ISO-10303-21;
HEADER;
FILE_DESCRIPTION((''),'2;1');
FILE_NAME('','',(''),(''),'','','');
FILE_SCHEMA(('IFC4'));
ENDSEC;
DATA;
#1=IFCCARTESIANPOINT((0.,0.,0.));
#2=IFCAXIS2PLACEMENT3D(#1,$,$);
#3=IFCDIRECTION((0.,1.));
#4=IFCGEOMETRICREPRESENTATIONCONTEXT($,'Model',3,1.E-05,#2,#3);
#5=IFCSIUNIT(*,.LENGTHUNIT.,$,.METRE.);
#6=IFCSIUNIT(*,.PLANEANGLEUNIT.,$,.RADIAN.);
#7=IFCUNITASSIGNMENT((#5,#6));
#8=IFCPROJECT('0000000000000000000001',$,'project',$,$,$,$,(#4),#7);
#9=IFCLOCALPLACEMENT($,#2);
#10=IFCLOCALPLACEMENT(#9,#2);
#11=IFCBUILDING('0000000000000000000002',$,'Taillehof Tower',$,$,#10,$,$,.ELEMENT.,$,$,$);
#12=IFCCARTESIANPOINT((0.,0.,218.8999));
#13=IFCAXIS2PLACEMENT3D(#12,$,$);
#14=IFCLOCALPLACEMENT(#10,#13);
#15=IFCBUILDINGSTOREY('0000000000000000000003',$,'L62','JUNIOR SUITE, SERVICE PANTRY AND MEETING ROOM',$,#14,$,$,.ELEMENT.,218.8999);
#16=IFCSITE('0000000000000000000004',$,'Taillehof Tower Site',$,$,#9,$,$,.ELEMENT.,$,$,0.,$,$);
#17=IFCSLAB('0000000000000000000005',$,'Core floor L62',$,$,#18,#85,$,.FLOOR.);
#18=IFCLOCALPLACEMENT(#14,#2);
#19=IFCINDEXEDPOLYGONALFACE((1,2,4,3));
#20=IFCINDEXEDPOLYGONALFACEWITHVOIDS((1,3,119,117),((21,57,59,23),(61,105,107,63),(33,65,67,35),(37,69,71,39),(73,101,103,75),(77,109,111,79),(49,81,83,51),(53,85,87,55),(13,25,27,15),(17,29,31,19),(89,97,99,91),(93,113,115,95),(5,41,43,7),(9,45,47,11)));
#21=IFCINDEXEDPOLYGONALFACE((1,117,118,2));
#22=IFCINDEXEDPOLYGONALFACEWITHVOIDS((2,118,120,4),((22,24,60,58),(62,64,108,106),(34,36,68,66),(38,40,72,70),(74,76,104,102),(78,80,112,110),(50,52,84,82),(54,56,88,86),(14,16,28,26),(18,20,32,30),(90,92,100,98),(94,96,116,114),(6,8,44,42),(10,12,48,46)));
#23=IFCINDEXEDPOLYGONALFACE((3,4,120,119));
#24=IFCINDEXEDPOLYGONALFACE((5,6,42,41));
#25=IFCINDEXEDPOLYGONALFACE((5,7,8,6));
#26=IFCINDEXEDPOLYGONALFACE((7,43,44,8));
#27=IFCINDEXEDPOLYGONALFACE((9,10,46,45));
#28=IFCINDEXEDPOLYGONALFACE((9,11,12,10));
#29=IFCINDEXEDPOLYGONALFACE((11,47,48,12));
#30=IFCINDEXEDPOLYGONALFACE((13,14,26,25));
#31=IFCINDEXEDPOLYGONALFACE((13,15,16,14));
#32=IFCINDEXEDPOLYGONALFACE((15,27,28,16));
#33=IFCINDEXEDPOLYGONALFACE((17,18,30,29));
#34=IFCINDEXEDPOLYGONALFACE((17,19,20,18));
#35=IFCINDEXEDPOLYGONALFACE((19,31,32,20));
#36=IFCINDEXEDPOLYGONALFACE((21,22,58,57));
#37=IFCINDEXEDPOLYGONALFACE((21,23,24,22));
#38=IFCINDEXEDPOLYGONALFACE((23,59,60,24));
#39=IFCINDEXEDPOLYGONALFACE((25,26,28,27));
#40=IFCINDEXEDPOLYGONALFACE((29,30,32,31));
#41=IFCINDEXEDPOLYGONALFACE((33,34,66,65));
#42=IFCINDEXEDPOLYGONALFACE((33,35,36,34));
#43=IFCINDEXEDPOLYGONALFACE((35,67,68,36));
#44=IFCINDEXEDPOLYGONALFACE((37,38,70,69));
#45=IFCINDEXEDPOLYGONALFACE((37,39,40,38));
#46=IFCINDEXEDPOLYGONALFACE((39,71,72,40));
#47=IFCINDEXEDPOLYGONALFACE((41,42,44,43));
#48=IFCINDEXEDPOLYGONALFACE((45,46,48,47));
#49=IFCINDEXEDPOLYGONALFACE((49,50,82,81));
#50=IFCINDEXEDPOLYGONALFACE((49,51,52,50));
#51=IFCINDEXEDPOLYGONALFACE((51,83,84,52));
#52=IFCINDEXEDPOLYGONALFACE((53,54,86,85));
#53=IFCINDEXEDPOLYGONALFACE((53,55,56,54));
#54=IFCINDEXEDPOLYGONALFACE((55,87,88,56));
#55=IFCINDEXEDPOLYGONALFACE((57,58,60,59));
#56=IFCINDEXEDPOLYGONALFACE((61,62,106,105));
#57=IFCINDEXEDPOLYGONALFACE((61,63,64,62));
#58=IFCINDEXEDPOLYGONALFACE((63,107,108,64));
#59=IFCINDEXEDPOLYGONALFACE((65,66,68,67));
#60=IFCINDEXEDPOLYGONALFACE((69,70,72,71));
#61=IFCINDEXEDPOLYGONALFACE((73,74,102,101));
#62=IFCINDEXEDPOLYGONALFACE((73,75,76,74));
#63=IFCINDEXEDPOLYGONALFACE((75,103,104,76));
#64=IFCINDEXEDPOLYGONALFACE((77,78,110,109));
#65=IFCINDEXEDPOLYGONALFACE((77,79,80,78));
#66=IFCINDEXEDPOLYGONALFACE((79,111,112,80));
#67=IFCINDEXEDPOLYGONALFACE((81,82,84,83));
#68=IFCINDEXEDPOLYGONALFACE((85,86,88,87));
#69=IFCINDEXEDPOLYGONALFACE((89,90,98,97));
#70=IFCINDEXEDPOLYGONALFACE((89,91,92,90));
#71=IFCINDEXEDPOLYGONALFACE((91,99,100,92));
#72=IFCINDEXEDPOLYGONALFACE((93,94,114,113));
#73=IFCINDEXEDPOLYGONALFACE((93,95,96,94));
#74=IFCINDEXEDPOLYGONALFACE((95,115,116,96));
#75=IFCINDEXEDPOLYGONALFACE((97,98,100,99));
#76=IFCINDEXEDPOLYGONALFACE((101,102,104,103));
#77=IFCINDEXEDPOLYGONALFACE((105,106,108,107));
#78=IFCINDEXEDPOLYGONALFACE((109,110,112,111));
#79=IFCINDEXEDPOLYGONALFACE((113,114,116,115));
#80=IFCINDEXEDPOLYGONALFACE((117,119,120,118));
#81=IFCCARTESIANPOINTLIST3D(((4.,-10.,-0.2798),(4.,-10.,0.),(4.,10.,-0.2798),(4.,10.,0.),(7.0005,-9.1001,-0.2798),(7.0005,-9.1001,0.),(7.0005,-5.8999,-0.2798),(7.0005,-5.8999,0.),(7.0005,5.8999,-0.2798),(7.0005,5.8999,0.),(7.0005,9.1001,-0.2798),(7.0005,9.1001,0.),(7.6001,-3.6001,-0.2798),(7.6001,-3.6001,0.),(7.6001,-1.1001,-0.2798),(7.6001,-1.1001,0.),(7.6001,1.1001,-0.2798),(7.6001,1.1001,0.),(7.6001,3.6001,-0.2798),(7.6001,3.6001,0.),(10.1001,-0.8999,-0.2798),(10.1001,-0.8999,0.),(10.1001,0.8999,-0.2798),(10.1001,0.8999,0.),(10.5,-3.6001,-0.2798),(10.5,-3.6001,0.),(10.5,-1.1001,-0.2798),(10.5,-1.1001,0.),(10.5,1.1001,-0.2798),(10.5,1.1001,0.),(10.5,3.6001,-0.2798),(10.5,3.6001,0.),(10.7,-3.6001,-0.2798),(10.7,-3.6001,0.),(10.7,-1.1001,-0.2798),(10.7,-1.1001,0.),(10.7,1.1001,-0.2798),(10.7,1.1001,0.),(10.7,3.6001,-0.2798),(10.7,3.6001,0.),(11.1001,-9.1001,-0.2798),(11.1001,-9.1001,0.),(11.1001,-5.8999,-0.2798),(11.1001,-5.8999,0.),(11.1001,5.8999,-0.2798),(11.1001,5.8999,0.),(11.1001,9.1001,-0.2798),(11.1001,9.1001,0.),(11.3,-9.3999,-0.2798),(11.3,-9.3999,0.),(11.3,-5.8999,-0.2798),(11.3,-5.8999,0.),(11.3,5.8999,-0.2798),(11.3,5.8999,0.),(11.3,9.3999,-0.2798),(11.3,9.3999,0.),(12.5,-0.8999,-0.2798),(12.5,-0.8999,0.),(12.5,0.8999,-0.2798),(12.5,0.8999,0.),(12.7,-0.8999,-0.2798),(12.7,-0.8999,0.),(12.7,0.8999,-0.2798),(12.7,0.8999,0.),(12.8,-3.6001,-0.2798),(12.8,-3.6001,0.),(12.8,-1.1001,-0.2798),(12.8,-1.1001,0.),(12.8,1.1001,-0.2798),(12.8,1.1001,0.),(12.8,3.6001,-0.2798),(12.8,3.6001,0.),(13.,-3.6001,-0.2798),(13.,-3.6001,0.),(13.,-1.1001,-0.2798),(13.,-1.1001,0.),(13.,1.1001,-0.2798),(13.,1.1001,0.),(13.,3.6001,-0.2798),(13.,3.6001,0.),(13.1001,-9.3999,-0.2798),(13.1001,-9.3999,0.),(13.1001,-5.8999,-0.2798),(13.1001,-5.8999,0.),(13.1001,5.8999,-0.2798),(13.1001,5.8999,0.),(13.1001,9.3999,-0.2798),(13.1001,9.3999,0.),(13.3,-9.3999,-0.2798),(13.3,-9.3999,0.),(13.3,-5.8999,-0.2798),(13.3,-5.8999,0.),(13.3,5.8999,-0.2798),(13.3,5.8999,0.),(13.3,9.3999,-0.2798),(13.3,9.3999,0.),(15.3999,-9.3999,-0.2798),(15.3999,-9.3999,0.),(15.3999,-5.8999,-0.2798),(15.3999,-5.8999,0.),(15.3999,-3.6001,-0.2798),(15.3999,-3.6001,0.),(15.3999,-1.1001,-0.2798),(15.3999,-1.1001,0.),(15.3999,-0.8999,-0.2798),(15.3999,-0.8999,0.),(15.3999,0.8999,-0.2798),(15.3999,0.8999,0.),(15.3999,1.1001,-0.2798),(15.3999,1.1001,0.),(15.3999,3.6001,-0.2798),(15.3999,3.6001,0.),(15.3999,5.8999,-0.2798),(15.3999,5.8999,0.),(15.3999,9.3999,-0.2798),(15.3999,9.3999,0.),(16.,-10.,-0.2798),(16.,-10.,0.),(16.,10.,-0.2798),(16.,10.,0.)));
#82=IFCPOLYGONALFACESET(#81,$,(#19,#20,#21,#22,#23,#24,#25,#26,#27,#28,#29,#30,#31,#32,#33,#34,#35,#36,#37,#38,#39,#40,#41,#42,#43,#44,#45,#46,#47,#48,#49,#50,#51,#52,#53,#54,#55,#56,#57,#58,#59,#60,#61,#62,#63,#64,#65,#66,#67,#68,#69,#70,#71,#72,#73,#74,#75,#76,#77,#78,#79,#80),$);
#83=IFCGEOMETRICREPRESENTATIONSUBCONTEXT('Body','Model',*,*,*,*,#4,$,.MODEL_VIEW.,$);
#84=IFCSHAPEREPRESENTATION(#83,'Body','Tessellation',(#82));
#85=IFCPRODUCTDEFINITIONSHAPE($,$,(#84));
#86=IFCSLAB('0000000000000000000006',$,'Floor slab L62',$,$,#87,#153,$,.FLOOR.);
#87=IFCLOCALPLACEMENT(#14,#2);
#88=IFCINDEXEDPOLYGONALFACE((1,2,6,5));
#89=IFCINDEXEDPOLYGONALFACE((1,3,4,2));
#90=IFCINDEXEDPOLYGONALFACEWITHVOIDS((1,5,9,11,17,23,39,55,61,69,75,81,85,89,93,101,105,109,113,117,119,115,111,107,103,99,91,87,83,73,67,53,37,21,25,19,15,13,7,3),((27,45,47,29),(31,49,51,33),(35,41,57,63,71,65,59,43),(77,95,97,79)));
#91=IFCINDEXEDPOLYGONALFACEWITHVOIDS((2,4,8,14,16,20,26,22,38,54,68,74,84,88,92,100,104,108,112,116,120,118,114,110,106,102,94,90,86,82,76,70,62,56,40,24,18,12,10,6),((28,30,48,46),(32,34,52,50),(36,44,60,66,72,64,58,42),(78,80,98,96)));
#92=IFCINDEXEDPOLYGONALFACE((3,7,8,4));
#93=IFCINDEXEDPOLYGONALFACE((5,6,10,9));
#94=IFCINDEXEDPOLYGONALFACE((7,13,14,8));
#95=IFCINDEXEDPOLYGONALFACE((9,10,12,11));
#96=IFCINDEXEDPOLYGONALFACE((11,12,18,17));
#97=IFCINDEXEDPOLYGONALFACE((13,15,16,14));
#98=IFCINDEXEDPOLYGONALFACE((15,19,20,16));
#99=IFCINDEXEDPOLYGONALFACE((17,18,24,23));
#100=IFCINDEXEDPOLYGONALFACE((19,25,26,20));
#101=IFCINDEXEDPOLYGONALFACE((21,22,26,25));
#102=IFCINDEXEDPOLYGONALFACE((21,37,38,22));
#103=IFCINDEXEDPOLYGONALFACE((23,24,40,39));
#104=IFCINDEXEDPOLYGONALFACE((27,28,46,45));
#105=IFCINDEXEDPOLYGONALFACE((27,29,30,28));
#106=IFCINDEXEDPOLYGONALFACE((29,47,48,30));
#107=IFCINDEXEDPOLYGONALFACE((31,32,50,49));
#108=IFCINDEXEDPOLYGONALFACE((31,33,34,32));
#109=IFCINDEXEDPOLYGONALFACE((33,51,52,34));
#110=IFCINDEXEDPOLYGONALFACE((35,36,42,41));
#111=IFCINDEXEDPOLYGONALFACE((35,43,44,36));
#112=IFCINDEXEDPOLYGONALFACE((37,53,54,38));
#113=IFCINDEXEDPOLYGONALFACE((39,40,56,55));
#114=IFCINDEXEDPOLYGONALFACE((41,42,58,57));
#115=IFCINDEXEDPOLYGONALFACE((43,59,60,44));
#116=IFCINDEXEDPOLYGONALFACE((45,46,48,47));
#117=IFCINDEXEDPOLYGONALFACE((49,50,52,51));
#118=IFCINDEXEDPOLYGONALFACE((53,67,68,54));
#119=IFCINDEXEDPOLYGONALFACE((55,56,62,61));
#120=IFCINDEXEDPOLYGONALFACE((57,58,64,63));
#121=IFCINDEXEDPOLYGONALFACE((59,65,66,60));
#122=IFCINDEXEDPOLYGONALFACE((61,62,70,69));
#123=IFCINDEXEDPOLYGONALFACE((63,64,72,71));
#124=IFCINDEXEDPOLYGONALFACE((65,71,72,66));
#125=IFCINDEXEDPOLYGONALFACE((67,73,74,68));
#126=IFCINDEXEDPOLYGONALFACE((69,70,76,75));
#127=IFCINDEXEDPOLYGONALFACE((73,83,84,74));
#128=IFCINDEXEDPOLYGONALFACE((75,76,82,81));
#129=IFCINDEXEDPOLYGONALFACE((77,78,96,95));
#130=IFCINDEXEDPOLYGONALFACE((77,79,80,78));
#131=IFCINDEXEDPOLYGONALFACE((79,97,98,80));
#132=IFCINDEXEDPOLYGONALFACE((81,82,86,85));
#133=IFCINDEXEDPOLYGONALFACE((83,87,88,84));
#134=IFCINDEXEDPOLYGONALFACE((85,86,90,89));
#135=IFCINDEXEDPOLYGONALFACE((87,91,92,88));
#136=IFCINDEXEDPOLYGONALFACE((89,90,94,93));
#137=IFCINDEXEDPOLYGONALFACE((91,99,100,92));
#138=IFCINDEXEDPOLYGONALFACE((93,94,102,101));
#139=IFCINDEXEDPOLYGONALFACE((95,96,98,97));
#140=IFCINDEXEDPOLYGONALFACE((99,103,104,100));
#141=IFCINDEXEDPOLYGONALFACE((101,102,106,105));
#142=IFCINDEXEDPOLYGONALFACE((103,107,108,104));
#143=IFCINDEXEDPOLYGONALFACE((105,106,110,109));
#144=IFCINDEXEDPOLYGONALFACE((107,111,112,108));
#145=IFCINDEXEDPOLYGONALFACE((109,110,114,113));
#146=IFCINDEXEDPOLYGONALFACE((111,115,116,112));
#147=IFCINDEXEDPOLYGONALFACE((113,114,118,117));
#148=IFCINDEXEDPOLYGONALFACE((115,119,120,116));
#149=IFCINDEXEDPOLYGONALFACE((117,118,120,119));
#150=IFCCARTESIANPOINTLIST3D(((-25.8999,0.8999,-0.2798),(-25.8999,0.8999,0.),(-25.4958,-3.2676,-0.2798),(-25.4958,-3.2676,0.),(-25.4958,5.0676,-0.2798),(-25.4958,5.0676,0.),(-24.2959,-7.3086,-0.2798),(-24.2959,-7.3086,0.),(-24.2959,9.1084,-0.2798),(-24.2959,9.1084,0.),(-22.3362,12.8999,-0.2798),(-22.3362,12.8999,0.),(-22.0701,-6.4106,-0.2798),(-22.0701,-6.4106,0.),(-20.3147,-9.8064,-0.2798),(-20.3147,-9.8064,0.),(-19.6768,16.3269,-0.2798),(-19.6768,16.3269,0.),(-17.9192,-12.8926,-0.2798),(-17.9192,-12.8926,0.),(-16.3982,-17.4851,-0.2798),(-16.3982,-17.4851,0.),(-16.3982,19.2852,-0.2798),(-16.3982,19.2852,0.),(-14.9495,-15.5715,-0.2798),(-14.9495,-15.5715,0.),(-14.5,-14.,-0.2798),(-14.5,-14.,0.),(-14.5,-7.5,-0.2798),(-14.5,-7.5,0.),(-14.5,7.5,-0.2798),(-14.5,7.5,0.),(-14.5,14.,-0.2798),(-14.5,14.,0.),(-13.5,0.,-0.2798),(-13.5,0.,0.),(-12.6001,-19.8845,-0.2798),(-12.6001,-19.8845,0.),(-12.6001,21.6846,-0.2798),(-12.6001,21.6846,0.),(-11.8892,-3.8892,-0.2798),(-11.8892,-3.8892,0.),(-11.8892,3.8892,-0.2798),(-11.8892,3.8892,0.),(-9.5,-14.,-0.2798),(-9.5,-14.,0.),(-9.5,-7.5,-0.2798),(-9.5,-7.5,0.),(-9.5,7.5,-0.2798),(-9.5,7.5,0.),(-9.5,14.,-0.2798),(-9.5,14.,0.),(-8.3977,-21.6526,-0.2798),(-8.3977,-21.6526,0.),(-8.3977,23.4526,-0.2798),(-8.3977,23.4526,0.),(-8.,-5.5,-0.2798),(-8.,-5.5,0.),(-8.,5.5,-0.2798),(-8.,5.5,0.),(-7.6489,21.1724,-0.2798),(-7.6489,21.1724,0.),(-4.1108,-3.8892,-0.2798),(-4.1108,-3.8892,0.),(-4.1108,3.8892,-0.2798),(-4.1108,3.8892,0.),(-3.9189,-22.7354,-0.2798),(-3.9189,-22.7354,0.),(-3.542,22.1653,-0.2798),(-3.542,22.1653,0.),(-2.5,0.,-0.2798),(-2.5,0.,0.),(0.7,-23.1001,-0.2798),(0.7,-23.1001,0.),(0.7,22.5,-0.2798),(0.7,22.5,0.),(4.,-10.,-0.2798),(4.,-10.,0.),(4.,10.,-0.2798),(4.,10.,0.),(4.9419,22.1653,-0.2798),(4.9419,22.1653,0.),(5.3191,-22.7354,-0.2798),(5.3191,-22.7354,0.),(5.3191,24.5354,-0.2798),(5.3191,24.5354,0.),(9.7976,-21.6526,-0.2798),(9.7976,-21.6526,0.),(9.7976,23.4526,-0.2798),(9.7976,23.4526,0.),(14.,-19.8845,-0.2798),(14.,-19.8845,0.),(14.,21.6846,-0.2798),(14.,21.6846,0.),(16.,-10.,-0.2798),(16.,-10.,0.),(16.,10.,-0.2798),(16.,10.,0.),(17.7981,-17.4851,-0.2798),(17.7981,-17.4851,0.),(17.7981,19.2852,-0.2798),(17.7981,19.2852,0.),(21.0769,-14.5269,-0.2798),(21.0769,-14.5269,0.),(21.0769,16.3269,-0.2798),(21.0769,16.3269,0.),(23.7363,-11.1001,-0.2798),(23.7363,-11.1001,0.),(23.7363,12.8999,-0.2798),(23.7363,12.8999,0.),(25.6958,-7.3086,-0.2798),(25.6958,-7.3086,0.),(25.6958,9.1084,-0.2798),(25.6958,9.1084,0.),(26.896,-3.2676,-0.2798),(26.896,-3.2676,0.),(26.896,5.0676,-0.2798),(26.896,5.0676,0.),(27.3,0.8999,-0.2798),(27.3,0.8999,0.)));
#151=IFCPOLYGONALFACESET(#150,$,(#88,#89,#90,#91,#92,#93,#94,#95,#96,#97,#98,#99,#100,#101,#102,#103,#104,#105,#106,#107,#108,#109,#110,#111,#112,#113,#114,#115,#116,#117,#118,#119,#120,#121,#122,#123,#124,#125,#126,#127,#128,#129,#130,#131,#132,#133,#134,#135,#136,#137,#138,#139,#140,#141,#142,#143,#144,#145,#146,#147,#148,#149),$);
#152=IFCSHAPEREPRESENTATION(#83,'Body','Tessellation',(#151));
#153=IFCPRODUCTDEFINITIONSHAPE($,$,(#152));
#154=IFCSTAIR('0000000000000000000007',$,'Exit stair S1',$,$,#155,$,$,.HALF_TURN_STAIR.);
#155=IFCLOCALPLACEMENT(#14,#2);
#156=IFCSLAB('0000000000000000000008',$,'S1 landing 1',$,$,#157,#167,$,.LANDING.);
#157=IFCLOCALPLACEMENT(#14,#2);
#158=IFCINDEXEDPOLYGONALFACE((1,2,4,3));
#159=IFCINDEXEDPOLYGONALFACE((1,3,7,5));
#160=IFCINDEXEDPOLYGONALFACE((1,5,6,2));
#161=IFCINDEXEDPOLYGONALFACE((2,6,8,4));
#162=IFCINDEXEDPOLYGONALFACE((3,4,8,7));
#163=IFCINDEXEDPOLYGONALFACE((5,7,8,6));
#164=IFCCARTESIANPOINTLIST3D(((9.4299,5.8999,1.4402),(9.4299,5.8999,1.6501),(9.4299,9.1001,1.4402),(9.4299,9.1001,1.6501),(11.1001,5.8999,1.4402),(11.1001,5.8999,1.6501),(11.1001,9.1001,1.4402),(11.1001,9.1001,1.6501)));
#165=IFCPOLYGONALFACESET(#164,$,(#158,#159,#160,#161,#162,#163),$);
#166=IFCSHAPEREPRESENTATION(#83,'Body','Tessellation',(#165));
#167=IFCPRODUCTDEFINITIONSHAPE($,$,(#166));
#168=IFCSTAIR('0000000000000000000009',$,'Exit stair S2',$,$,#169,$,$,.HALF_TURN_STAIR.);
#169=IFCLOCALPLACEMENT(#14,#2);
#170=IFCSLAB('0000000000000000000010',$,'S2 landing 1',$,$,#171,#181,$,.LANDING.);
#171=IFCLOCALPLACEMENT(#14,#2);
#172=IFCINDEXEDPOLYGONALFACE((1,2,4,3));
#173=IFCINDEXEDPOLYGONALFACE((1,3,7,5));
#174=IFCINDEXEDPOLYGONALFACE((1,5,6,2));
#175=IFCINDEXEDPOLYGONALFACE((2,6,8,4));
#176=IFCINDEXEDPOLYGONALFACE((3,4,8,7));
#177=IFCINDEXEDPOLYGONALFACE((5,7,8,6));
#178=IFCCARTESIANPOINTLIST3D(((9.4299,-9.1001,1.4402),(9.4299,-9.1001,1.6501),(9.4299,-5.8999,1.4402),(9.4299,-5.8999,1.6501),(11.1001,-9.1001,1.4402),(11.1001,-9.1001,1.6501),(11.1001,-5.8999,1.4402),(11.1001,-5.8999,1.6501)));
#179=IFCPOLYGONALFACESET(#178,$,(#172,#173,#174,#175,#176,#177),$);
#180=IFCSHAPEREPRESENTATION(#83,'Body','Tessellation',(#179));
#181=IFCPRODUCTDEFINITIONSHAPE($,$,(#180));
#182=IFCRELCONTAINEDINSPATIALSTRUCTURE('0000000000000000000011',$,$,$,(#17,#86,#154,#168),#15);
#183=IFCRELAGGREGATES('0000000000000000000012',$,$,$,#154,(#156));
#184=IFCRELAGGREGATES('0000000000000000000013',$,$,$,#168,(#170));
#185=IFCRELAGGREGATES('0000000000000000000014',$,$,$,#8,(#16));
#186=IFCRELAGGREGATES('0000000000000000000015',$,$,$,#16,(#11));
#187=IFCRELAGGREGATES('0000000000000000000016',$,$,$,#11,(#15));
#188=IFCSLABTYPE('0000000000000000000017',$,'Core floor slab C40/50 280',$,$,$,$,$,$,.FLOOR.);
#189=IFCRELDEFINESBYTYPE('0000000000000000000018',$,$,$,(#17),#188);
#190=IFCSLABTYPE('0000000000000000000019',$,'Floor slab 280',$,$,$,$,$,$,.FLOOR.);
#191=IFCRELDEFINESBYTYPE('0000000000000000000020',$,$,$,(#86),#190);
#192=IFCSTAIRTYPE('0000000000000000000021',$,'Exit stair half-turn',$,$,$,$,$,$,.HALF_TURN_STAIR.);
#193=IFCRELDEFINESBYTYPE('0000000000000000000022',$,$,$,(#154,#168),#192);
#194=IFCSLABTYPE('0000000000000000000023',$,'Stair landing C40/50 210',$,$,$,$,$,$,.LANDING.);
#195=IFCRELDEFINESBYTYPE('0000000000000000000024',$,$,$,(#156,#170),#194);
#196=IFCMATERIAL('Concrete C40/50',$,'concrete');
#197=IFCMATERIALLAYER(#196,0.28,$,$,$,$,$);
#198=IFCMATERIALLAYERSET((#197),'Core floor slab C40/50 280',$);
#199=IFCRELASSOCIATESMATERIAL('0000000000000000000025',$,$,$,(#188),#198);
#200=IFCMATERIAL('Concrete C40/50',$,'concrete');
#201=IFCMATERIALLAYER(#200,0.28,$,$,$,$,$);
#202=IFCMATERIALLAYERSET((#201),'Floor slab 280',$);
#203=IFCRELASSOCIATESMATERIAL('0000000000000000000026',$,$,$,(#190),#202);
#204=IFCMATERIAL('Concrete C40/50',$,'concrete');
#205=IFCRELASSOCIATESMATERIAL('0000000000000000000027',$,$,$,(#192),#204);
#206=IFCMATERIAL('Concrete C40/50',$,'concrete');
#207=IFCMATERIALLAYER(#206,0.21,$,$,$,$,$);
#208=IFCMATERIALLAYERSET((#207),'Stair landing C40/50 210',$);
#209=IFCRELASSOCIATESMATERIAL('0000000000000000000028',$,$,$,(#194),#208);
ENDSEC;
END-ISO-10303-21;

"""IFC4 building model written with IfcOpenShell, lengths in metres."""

from ifc_helpers import new_model, si_unit, direction, frame, origin, place, context, subcontext, project, spatial, polyline, outline, extrude, material, layer, layer_set, type_object, element, aggregate, save


model = new_model("IFC4")

# Units and contexts
model_context = context("Model", 3, precision=1e-05, world=origin(), true_north=direction((0.0, 1.0)))
body_context = subcontext(model_context, "Body", "Model", "MODEL_VIEW")
ifc_project = project(units=[si_unit("LENGTHUNIT", "METRE"), si_unit("PLANEANGLEUNIT", "RADIAN")], contexts=[model_context])

# Site, building, storey
site_placement = place(None, origin())
site = spatial("IfcSite", under=ifc_project, at=site_placement, Name="Taillehof Tower Site", CompositionType="ELEMENT", RefElevation=0.0)
building_placement = place(site_placement, origin())
building = spatial("IfcBuilding", under=site, at=building_placement, Name="Taillehof Tower", CompositionType="ELEMENT")
storey_placement = place(building_placement, frame((0.0, 0.0, 218.8999)))
storey = spatial("IfcBuildingStorey", under=building, at=storey_placement, Name="L62", Description="JUNIOR SUITE, SERVICE PANTRY AND MEETING ROOM", CompositionType="ELEMENT", Elevation=218.8999)

# Slabs
ifc_material_1 = material(Name="Concrete C40/50", Category="concrete")
ifc_layer_1 = layer(ifc_material_1, 0.28)
ifc_layer_set_1 = layer_set([ifc_layer_1], Name="Core floor slab C40/50 280")
slab_type_1 = type_object("IfcSlabType", Name="Core floor slab C40/50 280", PredefinedType="FLOOR", material=ifc_layer_set_1)
slab_1_placement = place(storey_placement, frame((0.0, 0.0, -0.2798)))
element("IfcSlab", 1, at=slab_1_placement, inside=storey, type_object=slab_type_1, Name="Core floor L62", PredefinedType="FLOOR", context=body_context, shape_type="SweptSolid", body=[
    extrude(outline(polyline([(4.0, -10.0), (4.0, 10.0), (16.0, 10.0), (16.0, -10.0), (4.0, -10.0)]), holes=[polyline([(11.1001, -9.1001), (11.1001, -5.8999), (7.0005, -5.8999), (7.0005, -9.1001), (11.1001, -9.1001)]), polyline([(10.5, -3.6001), (10.5, -1.1001), (7.6001, -1.1001), (7.6001, -3.6001), (10.5, -3.6001)]), polyline([(12.8, -3.6001), (12.8, -1.1001), (10.7, -1.1001), (10.7, -3.6001), (12.8, -3.6001)]), polyline([(12.5, -0.8999), (12.5, 0.8999), (10.1001, 0.8999), (10.1001, -0.8999), (12.5, -0.8999)]), polyline([(10.5, 1.1001), (10.5, 3.6001), (7.6001, 3.6001), (7.6001, 1.1001), (10.5, 1.1001)]), polyline([(12.8, 1.1001), (12.8, 3.6001), (10.7, 3.6001), (10.7, 1.1001), (12.8, 1.1001)]), polyline([(11.1001, 5.8999), (11.1001, 9.1001), (7.0005, 9.1001), (7.0005, 5.8999), (11.1001, 5.8999)]), polyline([(13.1001, -5.8999), (11.3, -5.8999), (11.3, -9.3999), (13.1001, -9.3999), (13.1001, -5.8999)]), polyline([(15.3999, -9.3999), (15.3999, -5.8999), (13.3, -5.8999), (13.3, -9.3999), (15.3999, -9.3999)]), polyline([(15.3999, -3.6001), (15.3999, -1.1001), (13.0, -1.1001), (13.0, -3.6001), (15.3999, -3.6001)]), polyline([(15.3999, -0.8999), (15.3999, 0.8999), (12.7, 0.8999), (12.7, -0.8999), (15.3999, -0.8999)]), polyline([(15.3999, 1.1001), (15.3999, 3.6001), (13.0, 3.6001), (13.0, 1.1001), (15.3999, 1.1001)]), polyline([(13.1001, 5.8999), (13.1001, 9.3999), (11.3, 9.3999), (11.3, 5.8999), (13.1001, 5.8999)]), polyline([(15.3999, 5.8999), (15.3999, 9.3999), (13.3, 9.3999), (13.3, 5.8999), (15.3999, 5.8999)])]), origin(), (0.0, 0.0, 1.0), 0.2798),
])
ifc_material_2 = material(Name="Concrete C40/50", Category="concrete")
ifc_layer_2 = layer(ifc_material_2, 0.28)
ifc_layer_set_2 = layer_set([ifc_layer_2], Name="Floor slab 280")
slab_type_2 = type_object("IfcSlabType", Name="Floor slab 280", PredefinedType="FLOOR", material=ifc_layer_set_2)
slab_2_placement = place(storey_placement, frame((0.0, 0.0, -0.2798)))
element("IfcSlab", 2, at=slab_2_placement, inside=storey, type_object=slab_type_2, Name="Floor slab L62", PredefinedType="FLOOR", context=body_context, shape_type="SweptSolid", body=[
    extrude(outline(polyline([(27.3, 0.8999), (26.896, 5.0676), (25.6958, 9.1084), (23.7363, 12.8999), (21.0769, 16.3269), (17.7981, 19.2852), (14.0, 21.6846), (9.7976, 23.4526), (5.3191, 24.5354), (4.9419, 22.1653), (0.7, 22.5), (-3.542, 22.1653), (-7.6489, 21.1724), (-8.3977, 23.4526), (-12.6001, 21.6846), (-16.3982, 19.2852), (-19.6768, 16.3269), (-22.3362, 12.8999), (-24.2959, 9.1084), (-25.4958, 5.0676), (-25.8999, 0.8999), (-25.4958, -3.2676), (-24.2959, -7.3086), (-22.0701, -6.4106), (-20.3147, -9.8064), (-17.9192, -12.8926), (-14.9495, -15.5715), (-16.3982, -17.4851), (-12.6001, -19.8845), (-8.3977, -21.6526), (-3.9189, -22.7354), (0.7, -23.1001), (5.3191, -22.7354), (9.7976, -21.6526), (14.0, -19.8845), (17.7981, -17.4851), (21.0769, -14.5269), (23.7363, -11.1001), (25.6958, -7.3086), (26.896, -3.2676), (27.3, 0.8999)]), holes=[polyline([(-14.5, -7.5), (-9.5, -7.5), (-9.5, -14.0), (-14.5, -14.0), (-14.5, -7.5)]), polyline([(-8.0, -5.5), (-11.8892, -3.8892), (-13.5, 0.0), (-11.8892, 3.8892), (-8.0, 5.5), (-4.1108, 3.8892), (-2.5, 0.0), (-4.1108, -3.8892), (-8.0, -5.5)]), polyline([(16.0, 10.0), (16.0, -10.0), (4.0, -10.0), (4.0, 10.0), (16.0, 10.0)]), polyline([(-14.5, 14.0), (-9.5, 14.0), (-9.5, 7.5), (-14.5, 7.5), (-14.5, 14.0)])]), origin(), (0.0, 0.0, 1.0), 0.2798),
])

# Stairs, slabs
ifc_material_3 = material(Name="Concrete C40/50", Category="concrete")
stair_type = type_object("IfcStairType", Name="Exit stair half-turn", PredefinedType="HALF_TURN_STAIR", material=ifc_material_3)
stair_1_placement = place(storey_placement, origin())
stair_1 = element("IfcStair", 3, at=stair_1_placement, inside=storey, type_object=stair_type, Name="Exit stair S1", PredefinedType="HALF_TURN_STAIR")
ifc_material_4 = material(Name="Concrete C40/50", Category="concrete")
ifc_layer_3 = layer(ifc_material_4, 0.21)
ifc_layer_set_3 = layer_set([ifc_layer_3], Name="Stair landing C40/50 210")
slab_type_3 = type_object("IfcSlabType", Name="Stair landing C40/50 210", PredefinedType="LANDING", material=ifc_layer_set_3)
slab_3_placement = place(storey_placement, frame((0.0, 0.0, 1.4402)))
slab_3 = element("IfcSlab", 4, at=slab_3_placement, type_object=slab_type_3, Name="S1 landing 1", PredefinedType="LANDING", context=body_context, shape_type="SweptSolid", body=[
    extrude(outline(polyline([(9.4299, 5.8999), (11.1001, 5.8999), (11.1001, 9.1001), (9.4299, 9.1001), (9.4299, 5.8999)])), origin(), (0.0, 0.0, 1.0), 0.21),
])
aggregate(stair_1, [slab_3])
stair_2_placement = place(storey_placement, origin())
stair_2 = element("IfcStair", 5, at=stair_2_placement, inside=storey, type_object=stair_type, Name="Exit stair S2", PredefinedType="HALF_TURN_STAIR")
slab_4_placement = place(storey_placement, frame((0.0, 0.0, 1.4402)))
slab_4 = element("IfcSlab", 6, at=slab_4_placement, type_object=slab_type_3, Name="S2 landing 1", PredefinedType="LANDING", context=body_context, shape_type="SweptSolid", body=[
    extrude(outline(polyline([(9.4299, -5.8999), (11.1001, -5.8999), (11.1001, -9.1001), (9.4299, -9.1001), (9.4299, -5.8999)])), origin(), (0.0, 0.0, 1.0), 0.21),
])

aggregate(stair_2, [slab_4])

save(model, "model.ifc")
